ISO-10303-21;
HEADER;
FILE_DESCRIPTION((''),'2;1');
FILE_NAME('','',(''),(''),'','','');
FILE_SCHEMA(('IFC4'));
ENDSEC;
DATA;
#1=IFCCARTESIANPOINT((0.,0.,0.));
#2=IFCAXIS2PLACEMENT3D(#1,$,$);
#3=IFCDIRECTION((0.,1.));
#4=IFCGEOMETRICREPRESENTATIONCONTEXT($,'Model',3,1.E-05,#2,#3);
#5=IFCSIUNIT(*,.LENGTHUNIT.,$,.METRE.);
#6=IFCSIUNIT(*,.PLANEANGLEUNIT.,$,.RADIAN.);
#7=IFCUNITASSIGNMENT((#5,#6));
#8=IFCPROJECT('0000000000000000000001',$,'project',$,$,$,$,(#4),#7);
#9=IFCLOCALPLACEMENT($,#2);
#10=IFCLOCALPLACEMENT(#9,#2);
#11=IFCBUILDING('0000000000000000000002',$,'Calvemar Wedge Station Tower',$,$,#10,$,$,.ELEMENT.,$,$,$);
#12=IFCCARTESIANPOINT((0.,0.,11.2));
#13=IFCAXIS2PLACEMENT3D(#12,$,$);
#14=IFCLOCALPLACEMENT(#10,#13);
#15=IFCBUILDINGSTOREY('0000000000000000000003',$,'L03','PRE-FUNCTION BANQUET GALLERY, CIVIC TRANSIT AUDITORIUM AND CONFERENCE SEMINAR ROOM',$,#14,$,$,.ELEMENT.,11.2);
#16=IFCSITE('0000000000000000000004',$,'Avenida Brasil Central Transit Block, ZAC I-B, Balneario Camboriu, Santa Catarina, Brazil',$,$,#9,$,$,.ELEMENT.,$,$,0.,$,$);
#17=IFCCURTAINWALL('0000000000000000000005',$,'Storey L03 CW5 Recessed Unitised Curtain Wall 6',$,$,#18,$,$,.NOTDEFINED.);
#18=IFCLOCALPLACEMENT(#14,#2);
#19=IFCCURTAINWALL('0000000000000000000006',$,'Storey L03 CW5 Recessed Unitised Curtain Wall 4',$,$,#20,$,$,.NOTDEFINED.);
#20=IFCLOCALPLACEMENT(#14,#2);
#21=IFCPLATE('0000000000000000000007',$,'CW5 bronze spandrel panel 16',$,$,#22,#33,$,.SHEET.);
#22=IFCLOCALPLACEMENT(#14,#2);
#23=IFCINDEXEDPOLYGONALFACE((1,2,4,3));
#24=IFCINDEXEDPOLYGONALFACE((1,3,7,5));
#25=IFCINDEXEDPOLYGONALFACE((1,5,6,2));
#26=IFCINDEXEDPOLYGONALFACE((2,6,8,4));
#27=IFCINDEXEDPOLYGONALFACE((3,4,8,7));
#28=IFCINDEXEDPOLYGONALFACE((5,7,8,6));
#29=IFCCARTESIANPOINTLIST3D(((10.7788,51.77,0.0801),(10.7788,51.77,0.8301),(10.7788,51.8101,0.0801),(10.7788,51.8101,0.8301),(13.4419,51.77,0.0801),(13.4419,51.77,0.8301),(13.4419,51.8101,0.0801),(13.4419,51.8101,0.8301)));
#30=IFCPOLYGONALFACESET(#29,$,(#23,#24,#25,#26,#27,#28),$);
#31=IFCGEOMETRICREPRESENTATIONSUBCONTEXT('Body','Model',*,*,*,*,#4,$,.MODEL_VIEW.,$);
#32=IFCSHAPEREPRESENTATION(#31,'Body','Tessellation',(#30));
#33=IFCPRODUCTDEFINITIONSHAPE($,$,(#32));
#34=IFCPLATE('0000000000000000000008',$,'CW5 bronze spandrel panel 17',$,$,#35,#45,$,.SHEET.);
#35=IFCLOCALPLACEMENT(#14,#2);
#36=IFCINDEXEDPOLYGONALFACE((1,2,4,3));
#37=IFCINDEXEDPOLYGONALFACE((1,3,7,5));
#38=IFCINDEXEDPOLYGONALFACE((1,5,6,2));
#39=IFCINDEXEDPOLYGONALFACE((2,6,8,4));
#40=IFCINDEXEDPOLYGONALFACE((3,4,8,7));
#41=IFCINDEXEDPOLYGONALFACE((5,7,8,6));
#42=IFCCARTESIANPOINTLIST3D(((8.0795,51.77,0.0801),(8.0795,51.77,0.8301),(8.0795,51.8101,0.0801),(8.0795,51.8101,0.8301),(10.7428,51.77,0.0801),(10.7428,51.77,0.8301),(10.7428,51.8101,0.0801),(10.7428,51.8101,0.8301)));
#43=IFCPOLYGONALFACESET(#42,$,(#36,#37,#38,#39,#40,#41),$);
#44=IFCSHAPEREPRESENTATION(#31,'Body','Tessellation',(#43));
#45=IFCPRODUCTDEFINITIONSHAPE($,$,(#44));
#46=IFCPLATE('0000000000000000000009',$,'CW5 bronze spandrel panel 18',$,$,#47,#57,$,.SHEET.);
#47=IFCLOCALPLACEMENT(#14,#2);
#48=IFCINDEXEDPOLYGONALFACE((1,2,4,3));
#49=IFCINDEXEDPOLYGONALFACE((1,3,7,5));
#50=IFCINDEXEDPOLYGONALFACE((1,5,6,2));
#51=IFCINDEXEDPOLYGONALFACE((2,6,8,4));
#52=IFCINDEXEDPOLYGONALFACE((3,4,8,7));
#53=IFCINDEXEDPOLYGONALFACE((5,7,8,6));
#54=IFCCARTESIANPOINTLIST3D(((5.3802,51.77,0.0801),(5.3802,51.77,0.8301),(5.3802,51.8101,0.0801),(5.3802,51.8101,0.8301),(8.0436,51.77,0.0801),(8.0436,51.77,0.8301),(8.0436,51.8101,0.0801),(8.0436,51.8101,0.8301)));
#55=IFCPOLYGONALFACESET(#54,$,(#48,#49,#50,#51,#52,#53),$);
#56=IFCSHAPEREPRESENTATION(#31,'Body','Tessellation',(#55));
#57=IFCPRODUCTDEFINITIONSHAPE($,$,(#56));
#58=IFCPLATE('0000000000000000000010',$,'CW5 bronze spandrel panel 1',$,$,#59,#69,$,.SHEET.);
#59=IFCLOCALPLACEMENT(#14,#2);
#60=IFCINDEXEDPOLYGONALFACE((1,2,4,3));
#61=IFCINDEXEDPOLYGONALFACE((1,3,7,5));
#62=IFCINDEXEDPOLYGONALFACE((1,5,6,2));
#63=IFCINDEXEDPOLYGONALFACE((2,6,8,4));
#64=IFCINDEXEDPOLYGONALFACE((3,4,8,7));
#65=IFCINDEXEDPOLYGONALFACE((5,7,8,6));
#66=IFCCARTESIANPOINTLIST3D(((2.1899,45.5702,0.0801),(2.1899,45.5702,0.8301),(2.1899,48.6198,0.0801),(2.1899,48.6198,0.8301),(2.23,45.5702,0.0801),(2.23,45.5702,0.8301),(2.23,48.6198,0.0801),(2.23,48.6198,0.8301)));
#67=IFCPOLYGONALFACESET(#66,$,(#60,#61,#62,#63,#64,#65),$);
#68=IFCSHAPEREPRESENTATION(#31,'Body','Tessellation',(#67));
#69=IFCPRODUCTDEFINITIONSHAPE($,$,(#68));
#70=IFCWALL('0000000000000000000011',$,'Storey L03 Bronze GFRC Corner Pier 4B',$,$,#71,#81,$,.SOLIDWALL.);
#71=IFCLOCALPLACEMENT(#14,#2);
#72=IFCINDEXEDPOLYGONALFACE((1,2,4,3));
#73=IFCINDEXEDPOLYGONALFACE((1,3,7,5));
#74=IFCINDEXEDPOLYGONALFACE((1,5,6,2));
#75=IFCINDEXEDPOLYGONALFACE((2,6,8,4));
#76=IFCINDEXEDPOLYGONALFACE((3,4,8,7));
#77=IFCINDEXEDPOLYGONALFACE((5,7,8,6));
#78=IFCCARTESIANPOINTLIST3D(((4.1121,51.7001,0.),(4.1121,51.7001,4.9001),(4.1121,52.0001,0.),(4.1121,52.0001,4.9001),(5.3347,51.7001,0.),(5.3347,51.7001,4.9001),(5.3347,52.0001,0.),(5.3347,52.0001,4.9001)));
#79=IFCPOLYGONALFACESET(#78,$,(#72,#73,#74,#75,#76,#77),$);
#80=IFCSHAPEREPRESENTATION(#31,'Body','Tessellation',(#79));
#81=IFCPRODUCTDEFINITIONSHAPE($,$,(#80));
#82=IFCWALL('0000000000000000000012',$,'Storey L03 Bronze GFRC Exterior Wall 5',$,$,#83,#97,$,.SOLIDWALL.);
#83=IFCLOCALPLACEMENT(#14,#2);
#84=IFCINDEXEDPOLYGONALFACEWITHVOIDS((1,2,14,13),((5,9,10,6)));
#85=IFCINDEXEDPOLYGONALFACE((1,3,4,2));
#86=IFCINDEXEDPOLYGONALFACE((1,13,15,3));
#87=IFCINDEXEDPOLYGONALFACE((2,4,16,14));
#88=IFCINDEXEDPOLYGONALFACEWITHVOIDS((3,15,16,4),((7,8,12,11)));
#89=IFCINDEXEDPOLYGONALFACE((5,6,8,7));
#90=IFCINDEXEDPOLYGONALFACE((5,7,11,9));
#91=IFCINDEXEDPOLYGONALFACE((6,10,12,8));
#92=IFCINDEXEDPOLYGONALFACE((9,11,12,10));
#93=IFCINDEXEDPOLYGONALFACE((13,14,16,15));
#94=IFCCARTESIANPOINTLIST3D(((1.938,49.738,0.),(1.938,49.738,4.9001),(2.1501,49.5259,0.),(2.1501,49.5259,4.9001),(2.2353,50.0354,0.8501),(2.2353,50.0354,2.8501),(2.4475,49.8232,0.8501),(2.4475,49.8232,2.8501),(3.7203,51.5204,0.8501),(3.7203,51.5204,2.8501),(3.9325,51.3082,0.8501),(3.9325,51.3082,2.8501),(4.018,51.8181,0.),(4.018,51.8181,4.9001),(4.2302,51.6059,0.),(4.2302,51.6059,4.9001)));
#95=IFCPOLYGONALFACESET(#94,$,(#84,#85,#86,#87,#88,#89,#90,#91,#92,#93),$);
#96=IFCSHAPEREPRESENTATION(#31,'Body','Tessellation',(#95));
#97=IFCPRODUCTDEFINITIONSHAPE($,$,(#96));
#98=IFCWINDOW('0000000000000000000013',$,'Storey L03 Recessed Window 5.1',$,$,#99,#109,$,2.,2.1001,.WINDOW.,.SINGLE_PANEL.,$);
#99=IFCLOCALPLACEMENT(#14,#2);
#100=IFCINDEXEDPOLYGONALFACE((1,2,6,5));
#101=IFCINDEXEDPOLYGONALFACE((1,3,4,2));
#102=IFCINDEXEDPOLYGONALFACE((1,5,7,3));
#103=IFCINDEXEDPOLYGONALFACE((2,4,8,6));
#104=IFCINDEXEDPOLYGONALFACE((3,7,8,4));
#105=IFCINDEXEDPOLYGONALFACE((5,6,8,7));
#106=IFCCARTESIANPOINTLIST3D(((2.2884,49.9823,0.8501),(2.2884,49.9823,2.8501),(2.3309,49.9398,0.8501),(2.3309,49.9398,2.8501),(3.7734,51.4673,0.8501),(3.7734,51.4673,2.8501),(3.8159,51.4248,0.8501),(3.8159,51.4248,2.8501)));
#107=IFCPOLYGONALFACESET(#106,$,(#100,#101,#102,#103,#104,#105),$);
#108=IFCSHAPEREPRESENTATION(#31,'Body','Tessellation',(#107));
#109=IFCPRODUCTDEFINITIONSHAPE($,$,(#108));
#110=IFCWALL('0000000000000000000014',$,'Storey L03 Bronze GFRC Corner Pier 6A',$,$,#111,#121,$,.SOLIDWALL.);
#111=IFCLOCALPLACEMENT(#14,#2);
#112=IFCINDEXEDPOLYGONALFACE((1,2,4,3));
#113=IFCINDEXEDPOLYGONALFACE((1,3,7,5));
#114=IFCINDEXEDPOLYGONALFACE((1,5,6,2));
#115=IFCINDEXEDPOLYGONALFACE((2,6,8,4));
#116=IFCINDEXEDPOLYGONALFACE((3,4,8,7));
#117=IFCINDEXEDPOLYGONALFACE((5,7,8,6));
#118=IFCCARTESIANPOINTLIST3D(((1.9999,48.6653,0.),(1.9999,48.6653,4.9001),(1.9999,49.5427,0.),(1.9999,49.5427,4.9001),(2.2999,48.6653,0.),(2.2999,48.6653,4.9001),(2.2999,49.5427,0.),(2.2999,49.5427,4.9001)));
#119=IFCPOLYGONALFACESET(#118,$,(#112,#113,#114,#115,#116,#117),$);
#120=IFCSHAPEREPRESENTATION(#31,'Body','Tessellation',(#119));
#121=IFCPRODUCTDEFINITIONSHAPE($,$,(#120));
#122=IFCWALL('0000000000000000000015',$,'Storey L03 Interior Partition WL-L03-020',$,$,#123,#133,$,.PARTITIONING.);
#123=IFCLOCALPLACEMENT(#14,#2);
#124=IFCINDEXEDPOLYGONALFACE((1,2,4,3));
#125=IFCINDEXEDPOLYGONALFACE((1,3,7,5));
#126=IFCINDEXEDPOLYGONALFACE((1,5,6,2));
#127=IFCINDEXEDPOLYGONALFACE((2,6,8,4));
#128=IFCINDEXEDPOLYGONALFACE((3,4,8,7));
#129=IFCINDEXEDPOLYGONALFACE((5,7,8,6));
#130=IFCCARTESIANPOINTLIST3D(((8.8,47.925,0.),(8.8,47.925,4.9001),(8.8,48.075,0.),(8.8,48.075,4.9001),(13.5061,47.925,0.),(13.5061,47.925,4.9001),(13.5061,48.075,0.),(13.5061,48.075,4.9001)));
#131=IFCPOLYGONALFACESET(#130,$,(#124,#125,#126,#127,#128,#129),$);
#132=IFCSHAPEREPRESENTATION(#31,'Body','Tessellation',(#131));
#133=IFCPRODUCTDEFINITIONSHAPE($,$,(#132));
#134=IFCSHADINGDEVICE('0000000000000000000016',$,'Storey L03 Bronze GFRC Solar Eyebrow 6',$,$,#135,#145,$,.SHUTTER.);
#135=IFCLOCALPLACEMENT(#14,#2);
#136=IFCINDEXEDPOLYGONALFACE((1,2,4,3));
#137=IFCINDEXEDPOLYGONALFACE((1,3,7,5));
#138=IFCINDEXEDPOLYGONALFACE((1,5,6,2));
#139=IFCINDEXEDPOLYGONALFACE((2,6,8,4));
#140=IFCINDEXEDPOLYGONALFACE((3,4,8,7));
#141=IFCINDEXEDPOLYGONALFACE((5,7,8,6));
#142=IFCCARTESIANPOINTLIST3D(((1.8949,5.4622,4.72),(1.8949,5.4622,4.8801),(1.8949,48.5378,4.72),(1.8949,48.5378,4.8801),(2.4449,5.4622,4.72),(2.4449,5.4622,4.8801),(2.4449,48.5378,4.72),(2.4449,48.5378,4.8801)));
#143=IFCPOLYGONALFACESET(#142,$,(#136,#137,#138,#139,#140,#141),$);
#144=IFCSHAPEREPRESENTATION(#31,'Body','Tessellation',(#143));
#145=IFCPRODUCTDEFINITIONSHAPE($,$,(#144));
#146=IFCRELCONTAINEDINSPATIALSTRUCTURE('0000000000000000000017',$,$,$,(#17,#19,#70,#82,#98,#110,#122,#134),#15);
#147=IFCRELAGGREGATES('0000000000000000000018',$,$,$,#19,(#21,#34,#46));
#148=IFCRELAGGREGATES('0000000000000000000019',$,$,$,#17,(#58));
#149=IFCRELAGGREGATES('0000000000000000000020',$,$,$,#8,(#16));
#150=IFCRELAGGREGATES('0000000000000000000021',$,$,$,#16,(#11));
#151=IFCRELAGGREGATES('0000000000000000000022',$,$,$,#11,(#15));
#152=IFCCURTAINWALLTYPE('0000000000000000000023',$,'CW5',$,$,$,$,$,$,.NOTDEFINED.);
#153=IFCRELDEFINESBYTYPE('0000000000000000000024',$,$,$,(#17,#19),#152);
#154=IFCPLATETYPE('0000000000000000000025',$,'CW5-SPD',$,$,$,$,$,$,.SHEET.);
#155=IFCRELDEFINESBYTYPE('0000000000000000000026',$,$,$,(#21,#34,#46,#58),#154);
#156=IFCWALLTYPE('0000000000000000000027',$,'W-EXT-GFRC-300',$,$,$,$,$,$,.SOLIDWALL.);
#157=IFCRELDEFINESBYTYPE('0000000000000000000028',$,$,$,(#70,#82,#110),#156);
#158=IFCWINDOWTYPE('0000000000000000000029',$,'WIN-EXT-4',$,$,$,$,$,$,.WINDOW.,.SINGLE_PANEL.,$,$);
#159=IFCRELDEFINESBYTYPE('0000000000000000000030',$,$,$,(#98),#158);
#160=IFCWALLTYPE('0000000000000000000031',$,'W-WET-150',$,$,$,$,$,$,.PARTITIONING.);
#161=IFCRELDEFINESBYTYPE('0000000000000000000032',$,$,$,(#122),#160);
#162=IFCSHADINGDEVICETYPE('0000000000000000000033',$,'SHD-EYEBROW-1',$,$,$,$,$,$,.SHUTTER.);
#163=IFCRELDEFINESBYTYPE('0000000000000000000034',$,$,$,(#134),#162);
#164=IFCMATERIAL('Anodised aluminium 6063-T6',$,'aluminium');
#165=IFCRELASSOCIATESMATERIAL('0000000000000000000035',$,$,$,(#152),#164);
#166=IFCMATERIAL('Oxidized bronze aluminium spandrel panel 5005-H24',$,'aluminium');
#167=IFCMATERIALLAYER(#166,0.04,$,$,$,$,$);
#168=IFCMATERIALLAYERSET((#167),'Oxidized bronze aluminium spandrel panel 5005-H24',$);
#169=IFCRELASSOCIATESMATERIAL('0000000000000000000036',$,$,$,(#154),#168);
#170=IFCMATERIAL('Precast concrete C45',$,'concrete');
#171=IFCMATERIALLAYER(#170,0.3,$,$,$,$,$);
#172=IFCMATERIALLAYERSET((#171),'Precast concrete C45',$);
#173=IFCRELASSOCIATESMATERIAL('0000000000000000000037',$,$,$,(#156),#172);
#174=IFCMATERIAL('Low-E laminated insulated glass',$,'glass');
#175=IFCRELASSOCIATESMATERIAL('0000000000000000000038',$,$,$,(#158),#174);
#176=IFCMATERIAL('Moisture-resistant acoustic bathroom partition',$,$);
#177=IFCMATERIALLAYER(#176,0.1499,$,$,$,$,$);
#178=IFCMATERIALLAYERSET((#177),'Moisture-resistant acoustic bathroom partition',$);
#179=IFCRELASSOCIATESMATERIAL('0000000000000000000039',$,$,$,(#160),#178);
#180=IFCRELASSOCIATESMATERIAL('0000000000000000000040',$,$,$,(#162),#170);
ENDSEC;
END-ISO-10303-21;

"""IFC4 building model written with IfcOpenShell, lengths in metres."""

from ifc_helpers import new_model, si_unit, direction, frame, frame_2d, origin, place, context, subcontext, project, spatial, rectangle, extrude, source, transform, mapped, material, layer, layer_set, type_object, element, fill, aggregate, save


model = new_model("IFC4")

# Units and contexts
model_context = context("Model", 3, precision=1e-05, world=origin(), true_north=direction((0.0, 1.0)))
body_context = subcontext(model_context, "Body", "Model", "MODEL_VIEW")
ifc_project = project(units=[si_unit("LENGTHUNIT", "METRE"), si_unit("PLANEANGLEUNIT", "RADIAN")], contexts=[model_context])

# Site, building, storey
site_placement = place(None, origin())
site = spatial("IfcSite", under=ifc_project, at=site_placement, Name="Avenida Brasil Central Transit Block, ZAC I-B, Balneario Camboriu, Santa Catarina, Brazil", CompositionType="ELEMENT", RefElevation=0.0)
building_placement = place(site_placement, origin())
building = spatial("IfcBuilding", under=site, at=building_placement, Name="Calvemar Wedge Station Tower", CompositionType="ELEMENT")
storey_placement = place(building_placement, frame((0.0, 0.0, 11.2)))
storey = spatial("IfcBuildingStorey", under=building, at=storey_placement, Name="L03", Description="PRE-FUNCTION BANQUET GALLERY, CIVIC TRANSIT AUDITORIUM AND CONFERENCE SEMINAR ROOM", CompositionType="ELEMENT", Elevation=11.2)

# Curtain walls
ifc_material_1 = material(Name="Anodised aluminium 6063-T6", Category="aluminium")
curtain_wall_type = type_object("IfcCurtainWallType", Name="CW5", PredefinedType="NOTDEFINED", material=ifc_material_1)
curtain_wall_1_placement = place(storey_placement, origin())
curtain_wall_1 = element("IfcCurtainWall", 1, at=curtain_wall_1_placement, inside=storey, type_object=curtain_wall_type, Name="Storey L03 CW5 Recessed Unitised Curtain Wall 6", PredefinedType="NOTDEFINED")
curtain_wall_2_placement = place(storey_placement, origin())
curtain_wall_2 = element("IfcCurtainWall", 2, at=curtain_wall_2_placement, inside=storey, type_object=curtain_wall_type, Name="Storey L03 CW5 Recessed Unitised Curtain Wall 4", PredefinedType="NOTDEFINED")

# Plates
ifc_material_2 = material(Name="Low-E laminated insulated glass", Category="glass")
ifc_material_3 = material(Name="Oxidized bronze aluminium spandrel panel 5005-H24", Category="aluminium")
ifc_layer_1 = layer(ifc_material_3, 0.04)
ifc_layer_set_1 = layer_set([ifc_layer_1], Name="Oxidized bronze aluminium spandrel panel 5005-H24")
plate_type_1 = type_object("IfcPlateType", Name="CW5-SPD", PredefinedType="SHEET", material=ifc_layer_set_1)
plate_1_placement = place(storey_placement, frame((13.4419, 51.79, 0.0801), z_axis=(0.0, 0.0, 1.0), x_axis=(-1.0, 0.0, 0.0)))
plate_1 = element("IfcPlate", 3, at=plate_1_placement, type_object=plate_type_1, Name="CW5 bronze spandrel panel 16", PredefinedType="SHEET", context=body_context, shape_type="SweptSolid", body=[
    extrude(rectangle(XDim=2.6631, YDim=0.04, at=frame_2d((1.3315, 0.0))), origin(), (0.0, 0.0, 1.0), 0.75),
])
plate_2_placement = place(storey_placement, frame((10.7427, 51.79, 0.0801), z_axis=(0.0, 0.0, 1.0), x_axis=(-1.0, 0.0, 0.0)))
plate_2 = element("IfcPlate", 4, at=plate_2_placement, type_object=plate_type_1, Name="CW5 bronze spandrel panel 17", PredefinedType="SHEET", context=body_context, shape_type="SweptSolid", body=[
    extrude(rectangle(XDim=2.6633, YDim=0.04, at=frame_2d((1.3315, 0.0))), origin(), (0.0, 0.0, 1.0), 0.75),
])
plate_3_placement = place(storey_placement, frame((8.0435, 51.79, 0.0801), z_axis=(0.0, 0.0, 1.0), x_axis=(-1.0, 0.0, 0.0)))
plate_3 = element("IfcPlate", 5, at=plate_3_placement, type_object=plate_type_1, Name="CW5 bronze spandrel panel 18", PredefinedType="SHEET", context=body_context, shape_type="SweptSolid", body=[
    extrude(rectangle(XDim=2.6633, YDim=0.04, at=frame_2d((1.3315, 0.0))), origin(), (0.0, 0.0, 1.0), 0.75),
])
aggregate(curtain_wall_2, [plate_1, plate_2, plate_3])
plate_4_placement = place(storey_placement, frame((2.21, 48.6199, 0.0801), z_axis=(0.0, 0.0, 1.0), x_axis=(0.0, -1.0, 0.0)))
plate_4 = element("IfcPlate", 6, at=plate_4_placement, type_object=plate_type_1, Name="CW5 bronze spandrel panel 1", PredefinedType="SHEET", context=body_context, shape_type="SweptSolid", body=[
    extrude(rectangle(XDim=3.0496, YDim=0.04, at=frame_2d((1.5249, 0.0))), origin(), (0.0, 0.0, 1.0), 0.75),
])
aggregate(curtain_wall_1, [plate_4])

# Wall
ifc_material_4 = material(Name="Precast concrete C45", Category="concrete")
ifc_layer_2 = layer(ifc_material_4, 0.3)
ifc_layer_set_2 = layer_set([ifc_layer_2], Name="Precast concrete C45")
wall_type_1 = type_object("IfcWallType", Name="W-EXT-GFRC-300", PredefinedType="SOLIDWALL", material=ifc_layer_set_2)
wall_1_placement = place(storey_placement, frame((5.3347, 51.8501, 0.0), z_axis=(0.0, 0.0, 1.0), x_axis=(-1.0, 0.0, 0.0)))
element("IfcWall", 7, at=wall_1_placement, inside=storey, type_object=wall_type_1, Name="Storey L03 Bronze GFRC Corner Pier 4B", PredefinedType="SOLIDWALL", context=body_context, shape_type="SweptSolid", body=[
    extrude(rectangle(XDim=1.2227, YDim=0.3, at=frame_2d((0.6113, 0.0))), origin(), (0.0, 0.0, 1.0), 4.9001),
])

# Wall, opening, window
wall_2_placement = place(storey_placement, frame((4.124, 51.7119, 0.0), z_axis=(0.0, 0.0, 1.0), x_axis=(-0.707107, -0.707107, 0.0)))
wall_2 = element("IfcWall", 8, at=wall_2_placement, inside=storey, type_object=wall_type_1, Name="Storey L03 Bronze GFRC Exterior Wall 5", PredefinedType="SOLIDWALL", context=body_context, shape_type="SweptSolid", body=[
    extrude(rectangle(XDim=2.9417, YDim=0.3, at=frame_2d((1.4707, 0.0))), origin(), (0.0, 0.0, 1.0), 4.9001),
])
shared_shape_1 = source(origin(), body_context, "Body", "SweptSolid", [
    extrude(rectangle(XDim=2.1001, YDim=2.0, at=frame_2d((1.05, 1.0))), frame((0.0, 0.1602, 0.0), z_axis=(0.0, -1.0, 0.0), x_axis=(1.0, 0.0, 0.0)), (0.0, 0.0, 1.0), 0.3201),
])
opening_placement = place(wall_2_placement, frame((0.4209, 0.0, 0.8501)))
opening = element("IfcOpeningElement", 9, at=opening_placement, cuts=wall_2, PredefinedType="OPENING", context=body_context, shape_type="MappedRepresentation", body=[
    mapped(shared_shape_1, transform((0.0, 0.0, 0.0), scale=1.0)),
])
window_type = type_object("IfcWindowType", Name="WIN-EXT-4", PartitioningType="SINGLE_PANEL", PredefinedType="WINDOW", material=ifc_material_2)
shared_shape_2 = source(origin(), body_context, "Body", "SweptSolid", [
    extrude(rectangle(XDim=2.1001, YDim=2.0, at=frame_2d((1.05, 1.0))), frame((0.0, -0.0149, 0.0), z_axis=(0.0, -1.0, 0.0), x_axis=(1.0, 0.0, 0.0)), (0.0, 0.0, 1.0), 0.0601),
])
window_placement = place(opening_placement, origin())
window = element("IfcWindow", 10, at=window_placement, inside=storey, type_object=window_type, Name="Storey L03 Recessed Window 5.1", OverallHeight=2.0, OverallWidth=2.1001, PartitioningType="SINGLE_PANEL", PredefinedType="WINDOW", context=body_context, shape_type="MappedRepresentation", body=[
    mapped(shared_shape_2, transform((0.0, 0.0, 0.0), scale=1.0)),
])
fill(opening, window)

# Walls
wall_3_placement = place(storey_placement, frame((2.1499, 49.5427, 0.0), z_axis=(0.0, 0.0, 1.0), x_axis=(0.0, -1.0, 0.0)))
element("IfcWall", 11, at=wall_3_placement, inside=storey, type_object=wall_type_1, Name="Storey L03 Bronze GFRC Corner Pier 6A", PredefinedType="SOLIDWALL", context=body_context, shape_type="SweptSolid", body=[
    extrude(rectangle(XDim=0.8774, YDim=0.3, at=frame_2d((0.4387, 0.0))), origin(), (0.0, 0.0, 1.0), 4.9001),
])
ifc_material_5 = material(Name="Moisture-resistant acoustic bathroom partition")
ifc_layer_3 = layer(ifc_material_5, 0.1499)
ifc_layer_set_3 = layer_set([ifc_layer_3], Name="Moisture-resistant acoustic bathroom partition")
wall_type_2 = type_object("IfcWallType", Name="W-WET-150", PredefinedType="PARTITIONING", material=ifc_layer_set_3)
wall_4_placement = place(storey_placement, frame((8.8, 48.0, 0.0), z_axis=(0.0, 0.0, 1.0), x_axis=(1.0, 0.0, 0.0)))
element("IfcWall", 12, at=wall_4_placement, inside=storey, type_object=wall_type_2, Name="Storey L03 Interior Partition WL-L03-020", PredefinedType="PARTITIONING", context=body_context, shape_type="SweptSolid", body=[
    extrude(rectangle(XDim=4.7061, YDim=0.1499, at=frame_2d((2.353, 0.0))), origin(), (0.0, 0.0, 1.0), 4.9001),
])

# Shading device
shading_device_type = type_object("IfcShadingDeviceType", Name="SHD-EYEBROW-1", PredefinedType="SHUTTER", material=ifc_material_4)
shading_device_placement = place(storey_placement, frame((2.1699, 48.5378, 4.72), z_axis=(0.0, 0.0, 1.0), x_axis=(0.0, -1.0, 0.0)))
element("IfcShadingDevice", 13, at=shading_device_placement, inside=storey, type_object=shading_device_type, Name="Storey L03 Bronze GFRC Solar Eyebrow 6", PredefinedType="SHUTTER", context=body_context, shape_type="SweptSolid", body=[
    extrude(rectangle(XDim=43.0757, YDim=0.55, at=frame_2d((21.5378, 0.0))), origin(), (0.0, 0.0, 1.0), 0.1602),
])

save(model, "model.ifc")
